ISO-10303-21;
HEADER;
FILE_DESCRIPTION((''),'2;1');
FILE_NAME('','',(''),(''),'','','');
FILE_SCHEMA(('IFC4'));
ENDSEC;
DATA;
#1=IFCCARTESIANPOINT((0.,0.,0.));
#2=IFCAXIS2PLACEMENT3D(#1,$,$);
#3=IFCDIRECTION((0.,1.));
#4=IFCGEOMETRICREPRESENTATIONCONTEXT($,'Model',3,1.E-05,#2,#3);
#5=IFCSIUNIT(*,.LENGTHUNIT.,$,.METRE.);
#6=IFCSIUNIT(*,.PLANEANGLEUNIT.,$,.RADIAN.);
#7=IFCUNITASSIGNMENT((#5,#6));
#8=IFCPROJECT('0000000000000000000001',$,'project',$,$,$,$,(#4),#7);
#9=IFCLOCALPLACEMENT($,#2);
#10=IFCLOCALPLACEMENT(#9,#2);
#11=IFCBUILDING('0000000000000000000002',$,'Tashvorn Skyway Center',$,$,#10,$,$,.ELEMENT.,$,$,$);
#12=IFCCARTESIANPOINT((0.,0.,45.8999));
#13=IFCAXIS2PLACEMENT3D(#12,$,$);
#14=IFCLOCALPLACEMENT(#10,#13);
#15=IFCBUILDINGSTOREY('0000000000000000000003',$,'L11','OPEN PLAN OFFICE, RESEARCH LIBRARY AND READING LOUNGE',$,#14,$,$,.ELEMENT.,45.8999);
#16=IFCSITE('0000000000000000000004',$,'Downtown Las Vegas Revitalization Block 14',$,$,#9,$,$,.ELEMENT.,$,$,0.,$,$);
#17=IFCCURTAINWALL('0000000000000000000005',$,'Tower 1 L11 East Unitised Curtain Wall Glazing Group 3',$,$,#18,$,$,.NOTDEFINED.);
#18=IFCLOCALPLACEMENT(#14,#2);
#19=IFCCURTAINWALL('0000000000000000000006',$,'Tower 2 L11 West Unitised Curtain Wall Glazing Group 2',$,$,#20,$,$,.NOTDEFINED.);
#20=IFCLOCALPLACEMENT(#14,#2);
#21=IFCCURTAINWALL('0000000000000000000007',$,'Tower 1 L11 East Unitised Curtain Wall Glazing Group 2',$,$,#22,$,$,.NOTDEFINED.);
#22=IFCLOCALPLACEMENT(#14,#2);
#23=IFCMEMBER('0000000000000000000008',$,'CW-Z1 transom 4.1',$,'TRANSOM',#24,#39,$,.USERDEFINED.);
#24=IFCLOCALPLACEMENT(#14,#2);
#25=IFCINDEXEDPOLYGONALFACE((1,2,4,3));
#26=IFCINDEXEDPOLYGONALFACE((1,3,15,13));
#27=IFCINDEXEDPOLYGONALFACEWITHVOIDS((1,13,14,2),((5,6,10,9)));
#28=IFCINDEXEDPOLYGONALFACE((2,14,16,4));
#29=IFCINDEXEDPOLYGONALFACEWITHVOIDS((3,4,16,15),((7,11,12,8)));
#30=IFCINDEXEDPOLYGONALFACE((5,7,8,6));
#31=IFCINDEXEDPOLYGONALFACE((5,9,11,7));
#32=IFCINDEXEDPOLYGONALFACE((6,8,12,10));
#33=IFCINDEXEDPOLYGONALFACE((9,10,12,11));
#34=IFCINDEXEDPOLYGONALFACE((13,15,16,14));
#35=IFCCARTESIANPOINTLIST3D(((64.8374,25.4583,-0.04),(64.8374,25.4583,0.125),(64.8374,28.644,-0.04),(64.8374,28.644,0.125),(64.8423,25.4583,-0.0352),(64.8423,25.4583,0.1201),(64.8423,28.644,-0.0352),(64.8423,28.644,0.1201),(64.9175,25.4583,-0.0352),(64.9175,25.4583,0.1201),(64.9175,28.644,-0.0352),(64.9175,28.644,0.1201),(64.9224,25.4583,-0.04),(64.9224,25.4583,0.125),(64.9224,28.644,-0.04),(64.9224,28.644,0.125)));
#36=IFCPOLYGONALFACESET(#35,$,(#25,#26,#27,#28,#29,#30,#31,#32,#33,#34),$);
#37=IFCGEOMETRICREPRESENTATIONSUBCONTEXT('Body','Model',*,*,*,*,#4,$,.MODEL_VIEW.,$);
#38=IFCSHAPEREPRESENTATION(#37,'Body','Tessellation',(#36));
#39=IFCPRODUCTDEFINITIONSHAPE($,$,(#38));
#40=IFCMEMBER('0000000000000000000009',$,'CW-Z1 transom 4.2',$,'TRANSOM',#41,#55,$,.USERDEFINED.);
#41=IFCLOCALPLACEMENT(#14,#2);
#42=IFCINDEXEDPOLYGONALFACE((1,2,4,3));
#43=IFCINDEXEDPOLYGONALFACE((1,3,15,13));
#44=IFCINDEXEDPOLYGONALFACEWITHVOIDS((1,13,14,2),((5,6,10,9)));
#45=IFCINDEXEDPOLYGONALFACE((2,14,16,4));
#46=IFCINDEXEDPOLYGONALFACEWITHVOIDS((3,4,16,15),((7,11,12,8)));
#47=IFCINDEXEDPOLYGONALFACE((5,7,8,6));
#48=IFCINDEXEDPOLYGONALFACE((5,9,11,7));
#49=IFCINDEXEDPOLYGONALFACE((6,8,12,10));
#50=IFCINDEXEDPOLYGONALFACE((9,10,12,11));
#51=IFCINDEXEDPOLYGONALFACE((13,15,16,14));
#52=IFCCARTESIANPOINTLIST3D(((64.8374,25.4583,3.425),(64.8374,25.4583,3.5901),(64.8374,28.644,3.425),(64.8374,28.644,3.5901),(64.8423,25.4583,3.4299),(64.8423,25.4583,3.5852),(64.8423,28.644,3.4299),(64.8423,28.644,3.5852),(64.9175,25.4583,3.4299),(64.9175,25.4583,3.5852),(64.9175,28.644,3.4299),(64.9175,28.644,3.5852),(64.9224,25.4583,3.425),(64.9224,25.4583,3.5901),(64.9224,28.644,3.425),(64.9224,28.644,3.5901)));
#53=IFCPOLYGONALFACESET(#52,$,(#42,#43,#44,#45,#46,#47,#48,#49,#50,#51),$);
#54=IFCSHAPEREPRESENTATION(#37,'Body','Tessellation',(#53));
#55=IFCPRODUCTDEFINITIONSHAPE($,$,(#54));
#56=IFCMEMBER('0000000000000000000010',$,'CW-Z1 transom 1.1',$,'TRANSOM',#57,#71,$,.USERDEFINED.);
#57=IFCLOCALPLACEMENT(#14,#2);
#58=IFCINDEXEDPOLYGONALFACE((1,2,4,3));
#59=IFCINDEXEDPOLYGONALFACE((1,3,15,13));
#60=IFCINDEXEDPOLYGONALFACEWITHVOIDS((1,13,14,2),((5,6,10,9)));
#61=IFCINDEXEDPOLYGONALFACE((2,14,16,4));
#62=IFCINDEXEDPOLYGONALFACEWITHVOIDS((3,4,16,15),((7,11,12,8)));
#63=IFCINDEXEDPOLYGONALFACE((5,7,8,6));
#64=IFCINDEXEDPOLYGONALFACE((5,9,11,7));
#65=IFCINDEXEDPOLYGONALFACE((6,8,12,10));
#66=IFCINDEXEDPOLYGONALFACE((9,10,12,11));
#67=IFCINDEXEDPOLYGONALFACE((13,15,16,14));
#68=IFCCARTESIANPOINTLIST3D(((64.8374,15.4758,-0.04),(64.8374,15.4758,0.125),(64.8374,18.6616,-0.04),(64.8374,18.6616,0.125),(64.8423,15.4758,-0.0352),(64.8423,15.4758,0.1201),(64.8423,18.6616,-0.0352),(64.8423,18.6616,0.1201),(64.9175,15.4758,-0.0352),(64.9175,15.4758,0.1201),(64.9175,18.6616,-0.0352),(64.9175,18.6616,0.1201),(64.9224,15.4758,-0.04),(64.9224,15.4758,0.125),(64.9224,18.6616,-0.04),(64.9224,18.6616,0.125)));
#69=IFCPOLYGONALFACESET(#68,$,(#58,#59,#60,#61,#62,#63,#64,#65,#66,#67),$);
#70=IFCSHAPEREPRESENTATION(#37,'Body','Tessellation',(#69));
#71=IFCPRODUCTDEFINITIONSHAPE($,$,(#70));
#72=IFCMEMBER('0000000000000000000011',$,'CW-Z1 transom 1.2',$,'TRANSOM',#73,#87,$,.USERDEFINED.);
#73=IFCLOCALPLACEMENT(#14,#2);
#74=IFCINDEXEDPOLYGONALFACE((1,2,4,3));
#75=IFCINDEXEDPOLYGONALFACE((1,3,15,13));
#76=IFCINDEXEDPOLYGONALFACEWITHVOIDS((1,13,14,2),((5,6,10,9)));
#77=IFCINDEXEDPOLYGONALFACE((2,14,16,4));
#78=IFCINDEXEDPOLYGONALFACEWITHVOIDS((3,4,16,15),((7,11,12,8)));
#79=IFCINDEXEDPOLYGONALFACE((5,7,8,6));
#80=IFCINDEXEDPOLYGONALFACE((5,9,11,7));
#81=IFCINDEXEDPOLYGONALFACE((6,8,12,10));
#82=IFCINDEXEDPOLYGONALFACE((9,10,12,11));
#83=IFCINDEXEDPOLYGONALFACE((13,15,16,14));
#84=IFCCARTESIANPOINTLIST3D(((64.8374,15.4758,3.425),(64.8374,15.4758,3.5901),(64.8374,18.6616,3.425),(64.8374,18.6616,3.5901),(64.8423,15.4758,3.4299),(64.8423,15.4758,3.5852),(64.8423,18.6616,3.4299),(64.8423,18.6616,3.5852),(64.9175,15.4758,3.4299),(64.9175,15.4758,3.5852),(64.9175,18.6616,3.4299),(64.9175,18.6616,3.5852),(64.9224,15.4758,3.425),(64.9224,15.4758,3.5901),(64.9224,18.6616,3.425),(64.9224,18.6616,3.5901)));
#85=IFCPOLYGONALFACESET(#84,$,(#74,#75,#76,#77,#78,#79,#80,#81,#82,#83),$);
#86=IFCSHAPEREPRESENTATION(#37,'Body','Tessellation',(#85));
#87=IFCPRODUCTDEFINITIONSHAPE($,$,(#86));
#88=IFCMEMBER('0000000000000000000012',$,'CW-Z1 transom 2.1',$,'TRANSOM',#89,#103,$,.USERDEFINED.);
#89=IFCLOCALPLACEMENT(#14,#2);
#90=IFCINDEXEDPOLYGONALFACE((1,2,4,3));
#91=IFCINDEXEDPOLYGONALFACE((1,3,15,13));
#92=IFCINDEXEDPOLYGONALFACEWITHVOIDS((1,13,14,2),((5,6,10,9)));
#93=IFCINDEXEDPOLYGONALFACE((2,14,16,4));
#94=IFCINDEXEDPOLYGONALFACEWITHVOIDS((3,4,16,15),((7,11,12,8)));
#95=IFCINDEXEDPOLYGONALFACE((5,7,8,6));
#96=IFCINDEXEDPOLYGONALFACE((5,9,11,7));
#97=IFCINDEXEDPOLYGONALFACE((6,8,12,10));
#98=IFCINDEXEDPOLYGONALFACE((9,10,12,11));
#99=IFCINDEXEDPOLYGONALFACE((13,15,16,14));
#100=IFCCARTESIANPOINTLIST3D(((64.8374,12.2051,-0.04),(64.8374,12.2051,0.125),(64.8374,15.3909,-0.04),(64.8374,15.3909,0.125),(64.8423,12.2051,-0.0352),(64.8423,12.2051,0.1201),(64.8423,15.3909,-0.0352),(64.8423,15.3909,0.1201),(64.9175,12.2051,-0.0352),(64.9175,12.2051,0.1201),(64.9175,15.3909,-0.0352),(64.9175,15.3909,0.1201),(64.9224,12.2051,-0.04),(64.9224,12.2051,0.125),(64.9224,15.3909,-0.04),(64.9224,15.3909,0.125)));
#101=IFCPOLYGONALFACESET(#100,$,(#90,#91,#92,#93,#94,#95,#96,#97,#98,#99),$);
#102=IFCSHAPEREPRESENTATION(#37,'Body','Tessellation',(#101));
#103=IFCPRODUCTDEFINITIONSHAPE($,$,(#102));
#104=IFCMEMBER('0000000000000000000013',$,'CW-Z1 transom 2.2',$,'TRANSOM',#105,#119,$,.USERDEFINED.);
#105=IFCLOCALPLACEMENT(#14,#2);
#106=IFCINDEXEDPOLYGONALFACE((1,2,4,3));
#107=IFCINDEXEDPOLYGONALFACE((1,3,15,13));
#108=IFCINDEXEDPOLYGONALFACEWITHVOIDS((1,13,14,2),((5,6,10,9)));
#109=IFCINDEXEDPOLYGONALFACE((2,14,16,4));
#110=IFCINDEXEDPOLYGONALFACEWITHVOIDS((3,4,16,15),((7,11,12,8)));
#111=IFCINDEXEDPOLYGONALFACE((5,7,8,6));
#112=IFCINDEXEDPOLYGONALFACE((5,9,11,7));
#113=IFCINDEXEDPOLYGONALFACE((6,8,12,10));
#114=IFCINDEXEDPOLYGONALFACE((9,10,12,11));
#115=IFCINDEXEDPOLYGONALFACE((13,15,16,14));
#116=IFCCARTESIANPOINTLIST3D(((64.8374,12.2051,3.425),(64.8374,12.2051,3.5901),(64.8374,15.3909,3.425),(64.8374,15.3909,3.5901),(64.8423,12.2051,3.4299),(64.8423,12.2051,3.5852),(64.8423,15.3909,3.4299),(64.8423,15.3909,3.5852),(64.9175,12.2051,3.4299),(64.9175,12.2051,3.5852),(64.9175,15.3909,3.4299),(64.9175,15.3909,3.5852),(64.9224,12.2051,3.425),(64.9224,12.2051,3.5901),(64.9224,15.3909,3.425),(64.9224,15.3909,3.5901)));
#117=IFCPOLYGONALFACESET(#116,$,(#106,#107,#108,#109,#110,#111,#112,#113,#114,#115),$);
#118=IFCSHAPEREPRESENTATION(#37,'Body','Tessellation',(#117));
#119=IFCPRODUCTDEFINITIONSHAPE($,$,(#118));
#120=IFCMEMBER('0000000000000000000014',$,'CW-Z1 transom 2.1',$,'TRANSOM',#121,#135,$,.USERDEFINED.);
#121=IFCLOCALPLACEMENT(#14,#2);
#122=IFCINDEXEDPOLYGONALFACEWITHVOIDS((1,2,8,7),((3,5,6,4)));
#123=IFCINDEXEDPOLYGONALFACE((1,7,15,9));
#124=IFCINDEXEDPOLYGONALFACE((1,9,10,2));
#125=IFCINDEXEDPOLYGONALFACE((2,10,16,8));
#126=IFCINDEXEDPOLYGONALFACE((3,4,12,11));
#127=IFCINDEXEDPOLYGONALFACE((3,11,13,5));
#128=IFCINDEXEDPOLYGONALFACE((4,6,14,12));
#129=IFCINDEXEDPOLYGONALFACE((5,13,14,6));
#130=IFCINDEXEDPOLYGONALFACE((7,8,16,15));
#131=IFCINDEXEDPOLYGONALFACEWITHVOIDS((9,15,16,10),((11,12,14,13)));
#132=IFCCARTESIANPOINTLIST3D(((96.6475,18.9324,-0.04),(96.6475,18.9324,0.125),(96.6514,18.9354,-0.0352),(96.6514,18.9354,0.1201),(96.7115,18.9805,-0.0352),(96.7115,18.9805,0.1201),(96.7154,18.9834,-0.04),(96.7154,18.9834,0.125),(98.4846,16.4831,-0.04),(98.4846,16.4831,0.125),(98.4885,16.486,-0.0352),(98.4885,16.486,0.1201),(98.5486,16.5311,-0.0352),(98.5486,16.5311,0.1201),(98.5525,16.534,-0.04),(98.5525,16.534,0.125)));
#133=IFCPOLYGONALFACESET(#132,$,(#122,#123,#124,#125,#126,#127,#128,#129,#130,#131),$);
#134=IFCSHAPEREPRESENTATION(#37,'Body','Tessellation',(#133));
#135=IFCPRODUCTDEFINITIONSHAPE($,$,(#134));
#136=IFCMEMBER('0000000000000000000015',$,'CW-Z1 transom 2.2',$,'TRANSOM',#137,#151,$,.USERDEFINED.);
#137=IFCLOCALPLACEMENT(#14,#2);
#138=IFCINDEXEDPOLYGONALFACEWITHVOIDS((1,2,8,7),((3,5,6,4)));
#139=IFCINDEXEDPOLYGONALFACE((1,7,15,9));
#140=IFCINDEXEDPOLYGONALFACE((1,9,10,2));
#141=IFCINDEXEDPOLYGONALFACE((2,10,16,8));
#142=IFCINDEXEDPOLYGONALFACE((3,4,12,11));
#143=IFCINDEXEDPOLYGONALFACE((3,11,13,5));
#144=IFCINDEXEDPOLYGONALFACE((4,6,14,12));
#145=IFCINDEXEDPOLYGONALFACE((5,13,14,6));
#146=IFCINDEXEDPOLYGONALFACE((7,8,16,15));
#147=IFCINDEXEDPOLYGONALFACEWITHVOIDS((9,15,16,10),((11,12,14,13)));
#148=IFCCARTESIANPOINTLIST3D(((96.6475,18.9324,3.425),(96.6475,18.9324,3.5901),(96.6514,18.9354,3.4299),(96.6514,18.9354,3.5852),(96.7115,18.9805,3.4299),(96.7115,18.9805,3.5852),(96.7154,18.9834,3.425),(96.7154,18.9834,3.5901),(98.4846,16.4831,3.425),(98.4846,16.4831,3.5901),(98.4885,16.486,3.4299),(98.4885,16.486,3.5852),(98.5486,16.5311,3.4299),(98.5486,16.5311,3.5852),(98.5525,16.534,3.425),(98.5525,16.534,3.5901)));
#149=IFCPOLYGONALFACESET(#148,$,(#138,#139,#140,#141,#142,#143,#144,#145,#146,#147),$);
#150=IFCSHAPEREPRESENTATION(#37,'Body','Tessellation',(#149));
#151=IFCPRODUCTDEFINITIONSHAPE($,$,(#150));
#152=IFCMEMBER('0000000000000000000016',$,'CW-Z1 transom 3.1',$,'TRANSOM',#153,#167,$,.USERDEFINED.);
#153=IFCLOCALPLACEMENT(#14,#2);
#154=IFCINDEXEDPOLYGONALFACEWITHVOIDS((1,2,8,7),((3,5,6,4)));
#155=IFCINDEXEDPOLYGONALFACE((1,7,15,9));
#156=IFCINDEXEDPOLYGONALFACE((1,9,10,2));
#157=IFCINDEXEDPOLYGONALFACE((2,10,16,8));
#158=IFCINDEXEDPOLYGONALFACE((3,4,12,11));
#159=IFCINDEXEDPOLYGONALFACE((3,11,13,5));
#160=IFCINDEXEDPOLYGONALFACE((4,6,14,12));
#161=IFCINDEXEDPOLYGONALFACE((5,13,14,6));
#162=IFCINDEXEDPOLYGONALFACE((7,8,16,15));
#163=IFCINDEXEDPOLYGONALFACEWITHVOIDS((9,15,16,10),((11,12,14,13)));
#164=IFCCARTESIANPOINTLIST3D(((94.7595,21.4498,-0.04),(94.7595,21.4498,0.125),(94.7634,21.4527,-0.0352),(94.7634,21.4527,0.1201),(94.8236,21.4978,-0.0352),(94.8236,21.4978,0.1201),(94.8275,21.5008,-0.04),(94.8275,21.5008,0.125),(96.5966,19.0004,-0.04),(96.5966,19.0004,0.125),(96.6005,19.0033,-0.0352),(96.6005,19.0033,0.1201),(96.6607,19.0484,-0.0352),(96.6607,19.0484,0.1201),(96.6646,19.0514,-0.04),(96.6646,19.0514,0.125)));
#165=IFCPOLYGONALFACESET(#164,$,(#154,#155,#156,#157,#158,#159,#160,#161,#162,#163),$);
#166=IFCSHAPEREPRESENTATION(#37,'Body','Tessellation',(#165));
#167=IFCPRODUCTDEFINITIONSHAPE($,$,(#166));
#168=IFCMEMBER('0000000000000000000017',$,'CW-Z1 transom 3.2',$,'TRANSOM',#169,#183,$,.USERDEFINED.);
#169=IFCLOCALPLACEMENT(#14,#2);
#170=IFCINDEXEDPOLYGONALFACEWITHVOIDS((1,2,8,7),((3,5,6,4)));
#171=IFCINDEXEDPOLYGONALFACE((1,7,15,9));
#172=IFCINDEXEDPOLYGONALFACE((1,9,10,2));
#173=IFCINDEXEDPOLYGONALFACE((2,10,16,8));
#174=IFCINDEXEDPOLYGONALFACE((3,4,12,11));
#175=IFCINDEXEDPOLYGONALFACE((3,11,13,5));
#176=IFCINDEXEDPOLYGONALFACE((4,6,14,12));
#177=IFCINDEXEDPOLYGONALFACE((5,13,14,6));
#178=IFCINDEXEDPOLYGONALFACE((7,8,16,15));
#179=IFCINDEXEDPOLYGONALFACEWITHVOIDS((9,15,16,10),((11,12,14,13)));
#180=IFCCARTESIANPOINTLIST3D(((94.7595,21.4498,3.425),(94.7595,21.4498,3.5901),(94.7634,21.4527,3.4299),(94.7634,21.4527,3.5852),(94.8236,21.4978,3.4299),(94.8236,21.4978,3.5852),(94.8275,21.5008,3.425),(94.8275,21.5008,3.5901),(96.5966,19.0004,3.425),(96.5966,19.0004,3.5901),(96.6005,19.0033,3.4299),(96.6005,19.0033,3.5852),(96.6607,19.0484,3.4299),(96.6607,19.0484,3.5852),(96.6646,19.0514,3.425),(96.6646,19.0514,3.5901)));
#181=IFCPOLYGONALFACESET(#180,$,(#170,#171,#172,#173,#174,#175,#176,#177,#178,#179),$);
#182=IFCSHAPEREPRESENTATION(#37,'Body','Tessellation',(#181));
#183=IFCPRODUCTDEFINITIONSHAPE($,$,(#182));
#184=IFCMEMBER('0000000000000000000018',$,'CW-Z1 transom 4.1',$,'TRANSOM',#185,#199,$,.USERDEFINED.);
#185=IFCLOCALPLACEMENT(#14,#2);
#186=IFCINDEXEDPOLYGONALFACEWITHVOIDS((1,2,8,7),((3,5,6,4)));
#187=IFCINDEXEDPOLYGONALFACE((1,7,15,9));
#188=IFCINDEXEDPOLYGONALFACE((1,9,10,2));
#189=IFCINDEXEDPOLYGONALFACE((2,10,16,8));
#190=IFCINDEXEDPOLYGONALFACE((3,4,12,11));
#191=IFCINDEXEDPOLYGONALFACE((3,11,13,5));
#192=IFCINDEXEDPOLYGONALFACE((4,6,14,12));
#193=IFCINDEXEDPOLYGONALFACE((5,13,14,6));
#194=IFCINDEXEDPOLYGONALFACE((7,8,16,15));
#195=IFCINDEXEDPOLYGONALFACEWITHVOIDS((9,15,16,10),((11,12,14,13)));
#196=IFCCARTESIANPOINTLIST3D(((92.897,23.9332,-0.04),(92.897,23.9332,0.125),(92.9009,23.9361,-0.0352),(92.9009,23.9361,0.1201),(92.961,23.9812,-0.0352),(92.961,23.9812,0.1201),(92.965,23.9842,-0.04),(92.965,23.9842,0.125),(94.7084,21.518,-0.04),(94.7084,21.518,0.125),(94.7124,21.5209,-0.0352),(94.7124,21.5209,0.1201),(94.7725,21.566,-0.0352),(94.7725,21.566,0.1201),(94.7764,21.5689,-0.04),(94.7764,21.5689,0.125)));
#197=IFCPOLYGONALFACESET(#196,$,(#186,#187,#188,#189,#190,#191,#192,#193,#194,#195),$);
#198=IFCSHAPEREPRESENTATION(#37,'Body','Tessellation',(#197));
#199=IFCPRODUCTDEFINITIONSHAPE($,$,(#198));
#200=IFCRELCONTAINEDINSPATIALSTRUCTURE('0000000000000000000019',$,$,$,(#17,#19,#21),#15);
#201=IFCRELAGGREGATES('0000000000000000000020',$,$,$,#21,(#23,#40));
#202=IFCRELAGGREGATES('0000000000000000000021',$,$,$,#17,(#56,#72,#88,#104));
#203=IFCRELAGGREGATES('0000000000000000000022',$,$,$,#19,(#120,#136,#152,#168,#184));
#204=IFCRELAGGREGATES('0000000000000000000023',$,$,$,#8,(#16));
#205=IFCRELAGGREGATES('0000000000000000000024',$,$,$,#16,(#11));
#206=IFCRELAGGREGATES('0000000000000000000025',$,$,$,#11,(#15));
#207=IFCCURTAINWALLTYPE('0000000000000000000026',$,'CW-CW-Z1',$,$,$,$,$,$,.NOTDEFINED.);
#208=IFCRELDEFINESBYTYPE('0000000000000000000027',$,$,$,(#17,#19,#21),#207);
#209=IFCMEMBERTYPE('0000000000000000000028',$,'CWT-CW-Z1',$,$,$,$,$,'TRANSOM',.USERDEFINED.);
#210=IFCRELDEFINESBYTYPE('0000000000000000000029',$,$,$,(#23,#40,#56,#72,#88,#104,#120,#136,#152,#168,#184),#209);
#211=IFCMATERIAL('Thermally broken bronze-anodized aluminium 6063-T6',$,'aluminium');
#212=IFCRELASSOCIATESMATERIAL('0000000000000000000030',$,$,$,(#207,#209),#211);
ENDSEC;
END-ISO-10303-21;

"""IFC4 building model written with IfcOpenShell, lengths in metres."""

from ifc_helpers import new_model, si_unit, direction, frame, origin, origin_2d, place, context, subcontext, project, spatial, hollow_rectangle, extrude, material, material_profile, profile_set, type_object, element, aggregate, save


model = new_model("IFC4")

# Units and contexts
model_context = context("Model", 3, precision=1e-05, world=origin(), true_north=direction((0.0, 1.0)))
body_context = subcontext(model_context, "Body", "Model", "MODEL_VIEW")
ifc_project = project(units=[si_unit("LENGTHUNIT", "METRE"), si_unit("PLANEANGLEUNIT", "RADIAN")], contexts=[model_context])

# Site, building, storey
site_placement = place(None, origin())
site = spatial("IfcSite", under=ifc_project, at=site_placement, Name="Downtown Las Vegas Revitalization Block 14", CompositionType="ELEMENT", RefElevation=0.0)
building_placement = place(site_placement, origin())
building = spatial("IfcBuilding", under=site, at=building_placement, Name="Tashvorn Skyway Center", CompositionType="ELEMENT")
storey_placement = place(building_placement, frame((0.0, 0.0, 45.8999)))
storey = spatial("IfcBuildingStorey", under=building, at=storey_placement, Name="L11", Description="OPEN PLAN OFFICE, RESEARCH LIBRARY AND READING LOUNGE", CompositionType="ELEMENT", Elevation=45.8999)

# Curtain walls
ifc_material_1 = material(Name="Thermally broken bronze-anodized aluminium 6063-T6", Category="aluminium")
curtain_wall_type = type_object("IfcCurtainWallType", Name="CW-CW-Z1", PredefinedType="NOTDEFINED", material=ifc_material_1)
curtain_wall_1_placement = place(storey_placement, origin())
curtain_wall_1 = element("IfcCurtainWall", 1, at=curtain_wall_1_placement, inside=storey, type_object=curtain_wall_type, Name="Tower 1 L11 East Unitised Curtain Wall Glazing Group 3", PredefinedType="NOTDEFINED")
curtain_wall_2_placement = place(storey_placement, origin())
curtain_wall_2 = element("IfcCurtainWall", 2, at=curtain_wall_2_placement, inside=storey, type_object=curtain_wall_type, Name="Tower 2 L11 West Unitised Curtain Wall Glazing Group 2", PredefinedType="NOTDEFINED")

# Curtain wall, members
curtain_wall_3_placement = place(storey_placement, origin())
curtain_wall_3 = element("IfcCurtainWall", 3, at=curtain_wall_3_placement, inside=storey, type_object=curtain_wall_type, Name="Tower 1 L11 East Unitised Curtain Wall Glazing Group 2", PredefinedType="NOTDEFINED")
ifc_material_profile_1 = material_profile(ifc_material_1, hollow_rectangle(XDim=0.085, YDim=0.165, WallThickness=0.0049, at=origin_2d()), Name="ALU-TRAN-85x165")
ifc_profile_set_1 = profile_set([ifc_material_profile_1], Name="Thermally broken bronze-anodized aluminium 6063-T6")
member_type_1 = type_object("IfcMemberType", Name="CWT-CW-Z1", ElementType="TRANSOM", PredefinedType="USERDEFINED", material=ifc_profile_set_1)
member_1_placement = place(storey_placement, frame((64.8799, 28.644, 0.0425), z_axis=(0.0, -1.0, 0.0), x_axis=(1.0, 0.0, 0.0)))
member_1 = element("IfcMember", 4, at=member_1_placement, type_object=member_type_1, Name="CW-Z1 transom 4.1", ObjectType="TRANSOM", PredefinedType="USERDEFINED", context=body_context, shape_type="SweptSolid", body=[
    extrude(hollow_rectangle(XDim=0.085, YDim=0.165, WallThickness=0.0049, at=origin_2d()), origin(), (0.0, 0.0, 1.0), 3.1858),
])
member_2_placement = place(storey_placement, frame((64.8799, 28.644, 3.5076), z_axis=(0.0, -1.0, 0.0), x_axis=(1.0, 0.0, 0.0)))
member_2 = element("IfcMember", 5, at=member_2_placement, type_object=member_type_1, Name="CW-Z1 transom 4.2", ObjectType="TRANSOM", PredefinedType="USERDEFINED", context=body_context, shape_type="SweptSolid", body=[
    extrude(hollow_rectangle(XDim=0.085, YDim=0.165, WallThickness=0.0049, at=origin_2d()), origin(), (0.0, 0.0, 1.0), 3.1858),
])

# Members
member_3_placement = place(storey_placement, frame((64.8799, 18.6616, 0.0425), z_axis=(0.0, -1.0, 0.0), x_axis=(1.0, 0.0, 0.0)))
member_3 = element("IfcMember", 6, at=member_3_placement, type_object=member_type_1, Name="CW-Z1 transom 1.1", ObjectType="TRANSOM", PredefinedType="USERDEFINED", context=body_context, shape_type="SweptSolid", body=[
    extrude(hollow_rectangle(XDim=0.085, YDim=0.165, WallThickness=0.0049, at=origin_2d()), origin(), (0.0, 0.0, 1.0), 3.1858),
])
member_4_placement = place(storey_placement, frame((64.8799, 18.6616, 3.5076), z_axis=(0.0, -1.0, 0.0), x_axis=(1.0, 0.0, 0.0)))
member_4 = element("IfcMember", 7, at=member_4_placement, type_object=member_type_1, Name="CW-Z1 transom 1.2", ObjectType="TRANSOM", PredefinedType="USERDEFINED", context=body_context, shape_type="SweptSolid", body=[
    extrude(hollow_rectangle(XDim=0.085, YDim=0.165, WallThickness=0.0049, at=origin_2d()), origin(), (0.0, 0.0, 1.0), 3.1858),
])
member_5_placement = place(storey_placement, frame((64.8799, 15.3909, 0.0425), z_axis=(0.0, -1.0, 0.0), x_axis=(1.0, 0.0, 0.0)))
member_5 = element("IfcMember", 8, at=member_5_placement, type_object=member_type_1, Name="CW-Z1 transom 2.1", ObjectType="TRANSOM", PredefinedType="USERDEFINED", context=body_context, shape_type="SweptSolid", body=[
    extrude(hollow_rectangle(XDim=0.085, YDim=0.165, WallThickness=0.0049, at=origin_2d()), origin(), (0.0, 0.0, 1.0), 3.1858),
])
member_6_placement = place(storey_placement, frame((64.8799, 15.3909, 3.5076), z_axis=(0.0, -1.0, 0.0), x_axis=(1.0, 0.0, 0.0)))
member_6 = element("IfcMember", 9, at=member_6_placement, type_object=member_type_1, Name="CW-Z1 transom 2.2", ObjectType="TRANSOM", PredefinedType="USERDEFINED", context=body_context, shape_type="SweptSolid", body=[
    extrude(hollow_rectangle(XDim=0.085, YDim=0.165, WallThickness=0.0049, at=origin_2d()), origin(), (0.0, 0.0, 1.0), 3.1858),
])
member_7_placement = place(storey_placement, frame((98.5186, 16.5085, 0.0425), z_axis=(-0.600013, 0.79999, 0.0), x_axis=(-0.79999, -0.600013, 0.0)))
member_7 = element("IfcMember", 10, at=member_7_placement, type_object=member_type_1, Name="CW-Z1 transom 2.1", ObjectType="TRANSOM", PredefinedType="USERDEFINED", context=body_context, shape_type="SweptSolid", body=[
    extrude(hollow_rectangle(XDim=0.085, YDim=0.165, WallThickness=0.0049, at=origin_2d()), origin(), (0.0, 0.0, 1.0), 3.0618),
])
member_8_placement = place(storey_placement, frame((98.5186, 16.5085, 3.5076), z_axis=(-0.600013, 0.79999, 0.0), x_axis=(-0.79999, -0.600013, 0.0)))
member_8 = element("IfcMember", 11, at=member_8_placement, type_object=member_type_1, Name="CW-Z1 transom 2.2", ObjectType="TRANSOM", PredefinedType="USERDEFINED", context=body_context, shape_type="SweptSolid", body=[
    extrude(hollow_rectangle(XDim=0.085, YDim=0.165, WallThickness=0.0049, at=origin_2d()), origin(), (0.0, 0.0, 1.0), 3.0618),
])
member_9_placement = place(storey_placement, frame((96.6306, 19.0259, 0.0425), z_axis=(-0.600013, 0.79999, 0.0), x_axis=(-0.79999, -0.600013, 0.0)))
member_9 = element("IfcMember", 12, at=member_9_placement, type_object=member_type_1, Name="CW-Z1 transom 3.1", ObjectType="TRANSOM", PredefinedType="USERDEFINED", context=body_context, shape_type="SweptSolid", body=[
    extrude(hollow_rectangle(XDim=0.085, YDim=0.165, WallThickness=0.0049, at=origin_2d()), origin(), (0.0, 0.0, 1.0), 3.0618),
])
member_10_placement = place(storey_placement, frame((96.6306, 19.0259, 3.5076), z_axis=(-0.600013, 0.79999, 0.0), x_axis=(-0.79999, -0.600013, 0.0)))
member_10 = element("IfcMember", 13, at=member_10_placement, type_object=member_type_1, Name="CW-Z1 transom 3.2", ObjectType="TRANSOM", PredefinedType="USERDEFINED", context=body_context, shape_type="SweptSolid", body=[
    extrude(hollow_rectangle(XDim=0.085, YDim=0.165, WallThickness=0.0049, at=origin_2d()), origin(), (0.0, 0.0, 1.0), 3.0618),
])
member_11_placement = place(storey_placement, frame((94.7424, 21.5435, 0.0425), z_axis=(-0.600013, 0.79999, 0.0), x_axis=(-0.79999, -0.600013, 0.0)))
member_11 = element("IfcMember", 14, at=member_11_placement, type_object=member_type_1, Name="CW-Z1 transom 4.1", ObjectType="TRANSOM", PredefinedType="USERDEFINED", context=body_context, shape_type="SweptSolid", body=[
    extrude(hollow_rectangle(XDim=0.085, YDim=0.165, WallThickness=0.0049, at=origin_2d()), origin(), (0.0, 0.0, 1.0), 3.019),
])

aggregate(curtain_wall_3, [member_1, member_2])
aggregate(curtain_wall_1, [member_3, member_4, member_5, member_6])
aggregate(curtain_wall_2, [member_7, member_8, member_9, member_10, member_11])

save(model, "model.ifc")
